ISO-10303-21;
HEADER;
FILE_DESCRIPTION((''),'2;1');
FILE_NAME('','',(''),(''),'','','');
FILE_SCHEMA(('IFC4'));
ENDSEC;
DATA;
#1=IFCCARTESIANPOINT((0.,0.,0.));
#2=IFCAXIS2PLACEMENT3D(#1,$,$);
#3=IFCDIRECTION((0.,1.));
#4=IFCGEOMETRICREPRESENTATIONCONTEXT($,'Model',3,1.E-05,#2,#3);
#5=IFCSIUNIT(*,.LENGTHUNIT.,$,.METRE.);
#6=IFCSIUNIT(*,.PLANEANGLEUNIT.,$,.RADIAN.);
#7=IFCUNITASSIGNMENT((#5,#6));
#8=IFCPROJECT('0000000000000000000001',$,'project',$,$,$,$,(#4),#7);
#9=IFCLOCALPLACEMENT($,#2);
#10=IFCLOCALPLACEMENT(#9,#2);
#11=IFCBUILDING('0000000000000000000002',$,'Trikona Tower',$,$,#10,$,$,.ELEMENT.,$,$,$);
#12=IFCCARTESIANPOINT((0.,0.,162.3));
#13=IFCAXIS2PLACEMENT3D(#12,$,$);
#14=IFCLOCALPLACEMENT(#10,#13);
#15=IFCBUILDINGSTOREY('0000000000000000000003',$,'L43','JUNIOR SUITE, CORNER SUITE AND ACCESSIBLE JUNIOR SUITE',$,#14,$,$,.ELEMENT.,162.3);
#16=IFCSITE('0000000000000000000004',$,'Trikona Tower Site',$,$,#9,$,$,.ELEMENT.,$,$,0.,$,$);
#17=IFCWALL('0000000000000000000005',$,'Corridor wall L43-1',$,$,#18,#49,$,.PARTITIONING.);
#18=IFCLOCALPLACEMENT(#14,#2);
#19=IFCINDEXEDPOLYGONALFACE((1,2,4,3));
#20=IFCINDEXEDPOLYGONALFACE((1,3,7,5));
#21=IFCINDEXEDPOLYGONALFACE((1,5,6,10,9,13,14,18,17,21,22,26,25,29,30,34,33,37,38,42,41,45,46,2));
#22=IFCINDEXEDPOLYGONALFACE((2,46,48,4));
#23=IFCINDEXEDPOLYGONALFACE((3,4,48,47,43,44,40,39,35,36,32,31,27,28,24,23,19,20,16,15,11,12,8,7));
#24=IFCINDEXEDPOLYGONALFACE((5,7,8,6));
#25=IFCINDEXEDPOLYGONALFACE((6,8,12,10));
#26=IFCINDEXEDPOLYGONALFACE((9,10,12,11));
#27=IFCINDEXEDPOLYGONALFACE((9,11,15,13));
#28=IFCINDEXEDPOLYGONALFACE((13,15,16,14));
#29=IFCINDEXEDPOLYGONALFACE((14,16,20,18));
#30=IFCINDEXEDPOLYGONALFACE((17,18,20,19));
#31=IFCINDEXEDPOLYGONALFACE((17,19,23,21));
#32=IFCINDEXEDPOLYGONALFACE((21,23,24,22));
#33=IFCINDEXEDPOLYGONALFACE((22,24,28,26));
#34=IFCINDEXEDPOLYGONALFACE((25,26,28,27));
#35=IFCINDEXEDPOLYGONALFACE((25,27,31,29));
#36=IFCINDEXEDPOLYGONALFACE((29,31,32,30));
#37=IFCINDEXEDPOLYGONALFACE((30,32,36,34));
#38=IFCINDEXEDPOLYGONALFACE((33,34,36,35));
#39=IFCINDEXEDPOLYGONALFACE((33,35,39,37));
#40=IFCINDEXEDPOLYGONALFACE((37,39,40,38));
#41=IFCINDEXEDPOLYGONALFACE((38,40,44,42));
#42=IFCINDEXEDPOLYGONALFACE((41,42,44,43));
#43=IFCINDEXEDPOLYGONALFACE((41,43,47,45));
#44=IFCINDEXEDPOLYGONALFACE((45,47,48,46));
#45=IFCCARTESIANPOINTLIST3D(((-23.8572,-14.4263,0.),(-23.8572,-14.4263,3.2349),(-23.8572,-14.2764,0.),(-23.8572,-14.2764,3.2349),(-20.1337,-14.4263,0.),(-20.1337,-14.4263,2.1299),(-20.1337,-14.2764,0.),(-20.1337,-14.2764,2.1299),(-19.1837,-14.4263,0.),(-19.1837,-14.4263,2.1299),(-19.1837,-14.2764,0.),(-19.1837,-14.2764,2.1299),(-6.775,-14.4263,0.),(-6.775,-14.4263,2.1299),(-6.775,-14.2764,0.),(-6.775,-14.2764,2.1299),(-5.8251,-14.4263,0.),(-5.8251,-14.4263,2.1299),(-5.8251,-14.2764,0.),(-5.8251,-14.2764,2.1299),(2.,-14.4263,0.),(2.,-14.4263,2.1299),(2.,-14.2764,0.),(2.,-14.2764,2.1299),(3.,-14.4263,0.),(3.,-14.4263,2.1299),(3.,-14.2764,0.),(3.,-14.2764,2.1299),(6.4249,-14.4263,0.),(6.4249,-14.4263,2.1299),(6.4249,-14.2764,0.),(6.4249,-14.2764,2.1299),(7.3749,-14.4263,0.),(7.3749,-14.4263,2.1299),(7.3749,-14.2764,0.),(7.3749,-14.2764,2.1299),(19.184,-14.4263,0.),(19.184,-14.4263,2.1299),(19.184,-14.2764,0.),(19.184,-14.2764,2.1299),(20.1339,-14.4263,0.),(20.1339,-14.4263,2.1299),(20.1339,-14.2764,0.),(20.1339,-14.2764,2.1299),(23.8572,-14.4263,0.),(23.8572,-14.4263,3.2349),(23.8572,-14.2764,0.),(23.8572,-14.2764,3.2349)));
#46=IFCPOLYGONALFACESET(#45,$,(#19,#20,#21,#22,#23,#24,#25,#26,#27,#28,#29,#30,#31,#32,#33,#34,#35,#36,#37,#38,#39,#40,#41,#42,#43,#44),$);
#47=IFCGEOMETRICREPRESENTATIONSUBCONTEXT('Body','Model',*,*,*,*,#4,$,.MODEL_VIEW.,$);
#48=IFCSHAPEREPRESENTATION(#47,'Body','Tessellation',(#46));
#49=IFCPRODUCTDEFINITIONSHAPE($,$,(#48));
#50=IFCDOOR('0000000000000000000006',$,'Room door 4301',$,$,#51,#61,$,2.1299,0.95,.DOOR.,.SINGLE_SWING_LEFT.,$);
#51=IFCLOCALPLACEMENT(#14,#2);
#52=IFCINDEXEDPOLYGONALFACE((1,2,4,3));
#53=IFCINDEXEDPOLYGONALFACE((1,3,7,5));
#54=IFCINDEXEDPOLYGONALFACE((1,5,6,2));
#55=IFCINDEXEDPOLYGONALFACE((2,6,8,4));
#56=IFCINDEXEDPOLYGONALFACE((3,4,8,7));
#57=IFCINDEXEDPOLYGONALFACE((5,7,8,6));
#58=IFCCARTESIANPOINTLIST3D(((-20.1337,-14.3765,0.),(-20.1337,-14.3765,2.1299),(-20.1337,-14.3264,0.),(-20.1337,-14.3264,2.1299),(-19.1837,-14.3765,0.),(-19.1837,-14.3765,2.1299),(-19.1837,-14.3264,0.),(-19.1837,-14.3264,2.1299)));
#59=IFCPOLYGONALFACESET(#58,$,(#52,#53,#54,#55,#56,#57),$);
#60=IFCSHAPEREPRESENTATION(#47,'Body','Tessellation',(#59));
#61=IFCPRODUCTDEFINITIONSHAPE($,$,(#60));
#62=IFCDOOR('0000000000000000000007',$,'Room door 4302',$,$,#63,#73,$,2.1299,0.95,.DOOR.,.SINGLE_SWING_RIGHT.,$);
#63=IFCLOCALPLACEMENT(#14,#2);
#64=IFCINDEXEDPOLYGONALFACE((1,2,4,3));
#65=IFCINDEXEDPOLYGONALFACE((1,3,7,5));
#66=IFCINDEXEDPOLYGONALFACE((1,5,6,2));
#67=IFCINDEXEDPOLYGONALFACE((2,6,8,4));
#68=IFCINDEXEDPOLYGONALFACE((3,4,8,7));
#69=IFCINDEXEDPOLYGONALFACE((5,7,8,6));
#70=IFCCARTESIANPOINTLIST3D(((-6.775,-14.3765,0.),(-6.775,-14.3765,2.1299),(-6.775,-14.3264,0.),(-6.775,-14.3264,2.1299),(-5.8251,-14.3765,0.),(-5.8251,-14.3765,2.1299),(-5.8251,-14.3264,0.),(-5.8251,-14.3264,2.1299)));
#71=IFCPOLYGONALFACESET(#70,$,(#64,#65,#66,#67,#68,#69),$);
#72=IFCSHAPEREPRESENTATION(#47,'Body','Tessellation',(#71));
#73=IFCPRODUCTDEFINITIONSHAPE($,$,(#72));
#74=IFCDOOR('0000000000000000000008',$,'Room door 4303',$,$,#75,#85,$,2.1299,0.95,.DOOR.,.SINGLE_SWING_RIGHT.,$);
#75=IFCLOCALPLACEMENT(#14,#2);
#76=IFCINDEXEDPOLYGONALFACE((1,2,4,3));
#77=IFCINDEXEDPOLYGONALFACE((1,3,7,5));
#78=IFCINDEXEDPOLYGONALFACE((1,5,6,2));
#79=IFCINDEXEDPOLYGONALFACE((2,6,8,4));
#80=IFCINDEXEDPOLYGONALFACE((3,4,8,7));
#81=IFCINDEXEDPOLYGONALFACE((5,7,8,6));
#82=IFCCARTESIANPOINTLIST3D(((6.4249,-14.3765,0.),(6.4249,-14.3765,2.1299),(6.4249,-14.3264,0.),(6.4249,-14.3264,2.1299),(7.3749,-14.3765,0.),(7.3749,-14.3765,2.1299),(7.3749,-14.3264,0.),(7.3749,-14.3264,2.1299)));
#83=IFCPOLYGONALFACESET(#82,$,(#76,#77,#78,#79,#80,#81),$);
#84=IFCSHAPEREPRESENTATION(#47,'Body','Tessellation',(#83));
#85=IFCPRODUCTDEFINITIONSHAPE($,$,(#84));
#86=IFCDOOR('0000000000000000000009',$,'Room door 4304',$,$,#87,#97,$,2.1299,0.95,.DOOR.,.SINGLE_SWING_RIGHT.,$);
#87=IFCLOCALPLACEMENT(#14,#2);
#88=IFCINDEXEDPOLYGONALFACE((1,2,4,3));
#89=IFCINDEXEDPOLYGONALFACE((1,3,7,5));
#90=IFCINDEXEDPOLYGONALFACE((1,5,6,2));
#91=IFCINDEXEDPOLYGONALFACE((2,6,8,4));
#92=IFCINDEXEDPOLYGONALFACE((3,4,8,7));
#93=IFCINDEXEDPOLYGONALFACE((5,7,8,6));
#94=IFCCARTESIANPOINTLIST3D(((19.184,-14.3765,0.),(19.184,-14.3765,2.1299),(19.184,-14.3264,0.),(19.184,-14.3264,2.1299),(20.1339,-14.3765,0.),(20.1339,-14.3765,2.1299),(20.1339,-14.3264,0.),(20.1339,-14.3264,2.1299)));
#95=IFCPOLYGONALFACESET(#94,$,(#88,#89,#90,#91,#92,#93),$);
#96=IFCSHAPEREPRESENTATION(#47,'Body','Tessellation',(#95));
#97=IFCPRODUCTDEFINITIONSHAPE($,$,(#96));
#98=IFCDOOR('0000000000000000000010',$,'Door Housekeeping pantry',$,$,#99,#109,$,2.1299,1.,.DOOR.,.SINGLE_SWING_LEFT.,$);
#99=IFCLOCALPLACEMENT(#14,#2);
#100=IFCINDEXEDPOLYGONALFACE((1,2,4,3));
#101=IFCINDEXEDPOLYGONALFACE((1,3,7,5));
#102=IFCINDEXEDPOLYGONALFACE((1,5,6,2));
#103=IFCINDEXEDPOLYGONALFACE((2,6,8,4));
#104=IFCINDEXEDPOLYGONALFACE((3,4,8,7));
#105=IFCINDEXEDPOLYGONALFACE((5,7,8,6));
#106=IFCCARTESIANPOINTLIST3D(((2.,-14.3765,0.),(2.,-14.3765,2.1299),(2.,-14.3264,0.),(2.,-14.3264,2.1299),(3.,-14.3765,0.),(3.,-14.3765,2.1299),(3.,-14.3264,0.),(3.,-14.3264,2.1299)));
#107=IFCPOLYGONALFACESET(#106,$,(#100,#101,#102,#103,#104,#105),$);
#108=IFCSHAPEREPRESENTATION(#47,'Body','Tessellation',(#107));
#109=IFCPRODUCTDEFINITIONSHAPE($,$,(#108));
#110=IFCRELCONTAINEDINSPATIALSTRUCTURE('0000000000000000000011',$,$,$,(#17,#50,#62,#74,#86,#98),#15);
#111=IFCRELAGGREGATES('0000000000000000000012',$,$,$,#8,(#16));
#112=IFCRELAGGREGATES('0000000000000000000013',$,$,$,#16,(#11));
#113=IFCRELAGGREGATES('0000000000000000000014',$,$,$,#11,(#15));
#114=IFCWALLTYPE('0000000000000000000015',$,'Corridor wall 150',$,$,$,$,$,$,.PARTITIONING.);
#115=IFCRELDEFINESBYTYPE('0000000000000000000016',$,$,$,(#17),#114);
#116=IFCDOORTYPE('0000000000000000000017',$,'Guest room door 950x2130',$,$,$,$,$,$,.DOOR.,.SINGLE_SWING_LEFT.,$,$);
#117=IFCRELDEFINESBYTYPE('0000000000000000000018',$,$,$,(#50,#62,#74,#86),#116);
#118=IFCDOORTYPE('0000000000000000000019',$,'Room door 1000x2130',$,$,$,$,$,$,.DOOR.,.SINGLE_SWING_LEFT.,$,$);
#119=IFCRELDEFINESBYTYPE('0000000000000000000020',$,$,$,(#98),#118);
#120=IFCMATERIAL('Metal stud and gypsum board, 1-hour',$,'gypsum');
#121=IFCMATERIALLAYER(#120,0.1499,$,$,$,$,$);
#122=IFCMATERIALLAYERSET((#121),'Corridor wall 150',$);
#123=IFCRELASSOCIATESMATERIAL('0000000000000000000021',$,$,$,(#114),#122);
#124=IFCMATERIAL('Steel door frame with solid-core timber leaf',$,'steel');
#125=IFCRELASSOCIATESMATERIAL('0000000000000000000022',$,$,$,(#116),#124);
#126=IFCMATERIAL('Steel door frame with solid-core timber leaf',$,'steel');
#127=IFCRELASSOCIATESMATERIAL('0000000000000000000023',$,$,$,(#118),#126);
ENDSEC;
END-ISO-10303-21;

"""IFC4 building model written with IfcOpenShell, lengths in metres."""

from ifc_helpers import new_model, si_unit, direction, frame, frame_2d, origin, place, context, subcontext, project, spatial, rectangle, extrude, material, layer, layer_set, type_object, element, fill, save


model = new_model("IFC4")

# Units and contexts
model_context = context("Model", 3, precision=1e-05, world=origin(), true_north=direction((0.0, 1.0)))
body_context = subcontext(model_context, "Body", "Model", "MODEL_VIEW")
ifc_project = project(units=[si_unit("LENGTHUNIT", "METRE"), si_unit("PLANEANGLEUNIT", "RADIAN")], contexts=[model_context])

# Site, building, storey
site_placement = place(None, origin())
site = spatial("IfcSite", under=ifc_project, at=site_placement, Name="Trikona Tower Site", CompositionType="ELEMENT", RefElevation=0.0)
building_placement = place(site_placement, origin())
building = spatial("IfcBuilding", under=site, at=building_placement, Name="Trikona Tower", CompositionType="ELEMENT")
storey_placement = place(building_placement, frame((0.0, 0.0, 162.3)))
storey = spatial("IfcBuildingStorey", under=building, at=storey_placement, Name="L43", Description="JUNIOR SUITE, CORNER SUITE AND ACCESSIBLE JUNIOR SUITE", CompositionType="ELEMENT", Elevation=162.3)

# Wall, openings, doors
ifc_material_1 = material(Name="Metal stud and gypsum board, 1-hour", Category="gypsum")
ifc_layer_1 = layer(ifc_material_1, 0.1499)
ifc_layer_set_1 = layer_set([ifc_layer_1], Name="Corridor wall 150")
wall_type_1 = type_object("IfcWallType", Name="Corridor wall 150", PredefinedType="PARTITIONING", material=ifc_layer_set_1)
wall_1_placement = place(storey_placement, frame((-23.8572, -14.3513, 0.0), z_axis=(0.0, 0.0, 1.0), x_axis=(1.0, 0.0, 0.0)))
wall_1 = element("IfcWall", 1, at=wall_1_placement, inside=storey, type_object=wall_type_1, Name="Corridor wall L43-1", PredefinedType="PARTITIONING", context=body_context, shape_type="SweptSolid", body=[
    extrude(rectangle(XDim=47.7144, YDim=0.1499, at=frame_2d((23.8572, 0.0))), origin(), (0.0, 0.0, 1.0), 3.2349),
])
opening_1_placement = place(wall_1_placement, frame((3.7234, 0.0, 0.0)))
opening_1 = element("IfcOpeningElement", 2, at=opening_1_placement, cuts=wall_1, PredefinedType="OPENING", context=body_context, shape_type="SweptSolid", body=[
    extrude(rectangle(XDim=0.95, YDim=2.1299, at=frame_2d((0.4751, 1.0649))), frame((0.0, 0.085, 0.0), z_axis=(0.0, -1.0, 0.0), x_axis=(1.0, 0.0, 0.0)), (0.0, 0.0, 1.0), 0.1699),
])
opening_2_placement = place(wall_1_placement, frame((17.082, 0.0, 0.0)))
opening_2 = element("IfcOpeningElement", 3, at=opening_2_placement, cuts=wall_1, PredefinedType="OPENING", context=body_context, shape_type="SweptSolid", body=[
    extrude(rectangle(XDim=0.95, YDim=2.1299, at=frame_2d((0.4751, 1.0649))), frame((0.0, 0.085, 0.0), z_axis=(0.0, -1.0, 0.0), x_axis=(1.0, 0.0, 0.0)), (0.0, 0.0, 1.0), 0.1699),
])
opening_3_placement = place(wall_1_placement, frame((25.8572, 0.0, 0.0)))
opening_3 = element("IfcOpeningElement", 4, at=opening_3_placement, cuts=wall_1, PredefinedType="OPENING", context=body_context, shape_type="SweptSolid", body=[
    extrude(rectangle(XDim=1.0, YDim=2.1299, at=frame_2d((0.5, 1.0649))), frame((0.0, 0.085, 0.0), z_axis=(0.0, -1.0, 0.0), x_axis=(1.0, 0.0, 0.0)), (0.0, 0.0, 1.0), 0.1699),
])
opening_4_placement = place(wall_1_placement, frame((30.282, 0.0, 0.0)))
opening_4 = element("IfcOpeningElement", 5, at=opening_4_placement, cuts=wall_1, PredefinedType="OPENING", context=body_context, shape_type="SweptSolid", body=[
    extrude(rectangle(XDim=0.95, YDim=2.1299, at=frame_2d((0.4751, 1.0649))), frame((0.0, 0.085, 0.0), z_axis=(0.0, -1.0, 0.0), x_axis=(1.0, 0.0, 0.0)), (0.0, 0.0, 1.0), 0.1699),
])
opening_5_placement = place(wall_1_placement, frame((43.041, 0.0, 0.0)))
opening_5 = element("IfcOpeningElement", 6, at=opening_5_placement, cuts=wall_1, PredefinedType="OPENING", context=body_context, shape_type="SweptSolid", body=[
    extrude(rectangle(XDim=0.95, YDim=2.1299, at=frame_2d((0.4751, 1.0649))), frame((0.0, 0.085, 0.0), z_axis=(0.0, -1.0, 0.0), x_axis=(1.0, 0.0, 0.0)), (0.0, 0.0, 1.0), 0.1699),
])
ifc_material_2 = material(Name="Steel door frame with solid-core timber leaf", Category="steel")
door_type_1 = type_object("IfcDoorType", Name="Guest room door 950x2130", OperationType="SINGLE_SWING_LEFT", PredefinedType="DOOR", material=ifc_material_2)
door_1_placement = place(opening_1_placement, origin())
door_1 = element("IfcDoor", 7, at=door_1_placement, inside=storey, type_object=door_type_1, Name="Room door 4301", OperationType="SINGLE_SWING_LEFT", OverallHeight=2.1299, OverallWidth=0.95, PredefinedType="DOOR", context=body_context, shape_type="SweptSolid", body=[
    extrude(rectangle(XDim=0.95, YDim=2.1299, at=frame_2d((0.4751, 1.0649))), frame((0.0, 0.0249, 0.0), z_axis=(0.0, -1.0, 0.0), x_axis=(1.0, 0.0, 0.0)), (0.0, 0.0, 1.0), 0.05),
])
fill(opening_1, door_1)
door_2_placement = place(opening_2_placement, origin())
door_2 = element("IfcDoor", 8, at=door_2_placement, inside=storey, type_object=door_type_1, Name="Room door 4302", OperationType="SINGLE_SWING_RIGHT", OverallHeight=2.1299, OverallWidth=0.95, PredefinedType="DOOR", context=body_context, shape_type="SweptSolid", body=[
    extrude(rectangle(XDim=0.95, YDim=2.1299, at=frame_2d((0.4751, 1.0649))), frame((0.0, 0.0249, 0.0), z_axis=(0.0, -1.0, 0.0), x_axis=(1.0, 0.0, 0.0)), (0.0, 0.0, 1.0), 0.05),
])
fill(opening_2, door_2)
door_3_placement = place(opening_4_placement, origin())
door_3 = element("IfcDoor", 9, at=door_3_placement, inside=storey, type_object=door_type_1, Name="Room door 4303", OperationType="SINGLE_SWING_RIGHT", OverallHeight=2.1299, OverallWidth=0.95, PredefinedType="DOOR", context=body_context, shape_type="SweptSolid", body=[
    extrude(rectangle(XDim=0.95, YDim=2.1299, at=frame_2d((0.4751, 1.0649))), frame((0.0, 0.0249, 0.0), z_axis=(0.0, -1.0, 0.0), x_axis=(1.0, 0.0, 0.0)), (0.0, 0.0, 1.0), 0.05),
])
fill(opening_4, door_3)
door_4_placement = place(opening_5_placement, origin())
door_4 = element("IfcDoor", 10, at=door_4_placement, inside=storey, type_object=door_type_1, Name="Room door 4304", OperationType="SINGLE_SWING_RIGHT", OverallHeight=2.1299, OverallWidth=0.95, PredefinedType="DOOR", context=body_context, shape_type="SweptSolid", body=[
    extrude(rectangle(XDim=0.95, YDim=2.1299, at=frame_2d((0.4751, 1.0649))), frame((0.0, 0.0249, 0.0), z_axis=(0.0, -1.0, 0.0), x_axis=(1.0, 0.0, 0.0)), (0.0, 0.0, 1.0), 0.05),
])
fill(opening_5, door_4)
ifc_material_3 = material(Name="Steel door frame with solid-core timber leaf", Category="steel")
door_type_2 = type_object("IfcDoorType", Name="Room door 1000x2130", OperationType="SINGLE_SWING_LEFT", PredefinedType="DOOR", material=ifc_material_3)
door_5_placement = place(opening_3_placement, origin())
door_5 = element("IfcDoor", 11, at=door_5_placement, inside=storey, type_object=door_type_2, Name="Door Housekeeping pantry", OperationType="SINGLE_SWING_LEFT", OverallHeight=2.1299, OverallWidth=1.0, PredefinedType="DOOR", context=body_context, shape_type="SweptSolid", body=[
    extrude(rectangle(XDim=1.0, YDim=2.1299, at=frame_2d((0.5, 1.0649))), frame((0.0, 0.0249, 0.0), z_axis=(0.0, -1.0, 0.0), x_axis=(1.0, 0.0, 0.0)), (0.0, 0.0, 1.0), 0.05),
])
fill(opening_3, door_5)

save(model, "model.ifc")
